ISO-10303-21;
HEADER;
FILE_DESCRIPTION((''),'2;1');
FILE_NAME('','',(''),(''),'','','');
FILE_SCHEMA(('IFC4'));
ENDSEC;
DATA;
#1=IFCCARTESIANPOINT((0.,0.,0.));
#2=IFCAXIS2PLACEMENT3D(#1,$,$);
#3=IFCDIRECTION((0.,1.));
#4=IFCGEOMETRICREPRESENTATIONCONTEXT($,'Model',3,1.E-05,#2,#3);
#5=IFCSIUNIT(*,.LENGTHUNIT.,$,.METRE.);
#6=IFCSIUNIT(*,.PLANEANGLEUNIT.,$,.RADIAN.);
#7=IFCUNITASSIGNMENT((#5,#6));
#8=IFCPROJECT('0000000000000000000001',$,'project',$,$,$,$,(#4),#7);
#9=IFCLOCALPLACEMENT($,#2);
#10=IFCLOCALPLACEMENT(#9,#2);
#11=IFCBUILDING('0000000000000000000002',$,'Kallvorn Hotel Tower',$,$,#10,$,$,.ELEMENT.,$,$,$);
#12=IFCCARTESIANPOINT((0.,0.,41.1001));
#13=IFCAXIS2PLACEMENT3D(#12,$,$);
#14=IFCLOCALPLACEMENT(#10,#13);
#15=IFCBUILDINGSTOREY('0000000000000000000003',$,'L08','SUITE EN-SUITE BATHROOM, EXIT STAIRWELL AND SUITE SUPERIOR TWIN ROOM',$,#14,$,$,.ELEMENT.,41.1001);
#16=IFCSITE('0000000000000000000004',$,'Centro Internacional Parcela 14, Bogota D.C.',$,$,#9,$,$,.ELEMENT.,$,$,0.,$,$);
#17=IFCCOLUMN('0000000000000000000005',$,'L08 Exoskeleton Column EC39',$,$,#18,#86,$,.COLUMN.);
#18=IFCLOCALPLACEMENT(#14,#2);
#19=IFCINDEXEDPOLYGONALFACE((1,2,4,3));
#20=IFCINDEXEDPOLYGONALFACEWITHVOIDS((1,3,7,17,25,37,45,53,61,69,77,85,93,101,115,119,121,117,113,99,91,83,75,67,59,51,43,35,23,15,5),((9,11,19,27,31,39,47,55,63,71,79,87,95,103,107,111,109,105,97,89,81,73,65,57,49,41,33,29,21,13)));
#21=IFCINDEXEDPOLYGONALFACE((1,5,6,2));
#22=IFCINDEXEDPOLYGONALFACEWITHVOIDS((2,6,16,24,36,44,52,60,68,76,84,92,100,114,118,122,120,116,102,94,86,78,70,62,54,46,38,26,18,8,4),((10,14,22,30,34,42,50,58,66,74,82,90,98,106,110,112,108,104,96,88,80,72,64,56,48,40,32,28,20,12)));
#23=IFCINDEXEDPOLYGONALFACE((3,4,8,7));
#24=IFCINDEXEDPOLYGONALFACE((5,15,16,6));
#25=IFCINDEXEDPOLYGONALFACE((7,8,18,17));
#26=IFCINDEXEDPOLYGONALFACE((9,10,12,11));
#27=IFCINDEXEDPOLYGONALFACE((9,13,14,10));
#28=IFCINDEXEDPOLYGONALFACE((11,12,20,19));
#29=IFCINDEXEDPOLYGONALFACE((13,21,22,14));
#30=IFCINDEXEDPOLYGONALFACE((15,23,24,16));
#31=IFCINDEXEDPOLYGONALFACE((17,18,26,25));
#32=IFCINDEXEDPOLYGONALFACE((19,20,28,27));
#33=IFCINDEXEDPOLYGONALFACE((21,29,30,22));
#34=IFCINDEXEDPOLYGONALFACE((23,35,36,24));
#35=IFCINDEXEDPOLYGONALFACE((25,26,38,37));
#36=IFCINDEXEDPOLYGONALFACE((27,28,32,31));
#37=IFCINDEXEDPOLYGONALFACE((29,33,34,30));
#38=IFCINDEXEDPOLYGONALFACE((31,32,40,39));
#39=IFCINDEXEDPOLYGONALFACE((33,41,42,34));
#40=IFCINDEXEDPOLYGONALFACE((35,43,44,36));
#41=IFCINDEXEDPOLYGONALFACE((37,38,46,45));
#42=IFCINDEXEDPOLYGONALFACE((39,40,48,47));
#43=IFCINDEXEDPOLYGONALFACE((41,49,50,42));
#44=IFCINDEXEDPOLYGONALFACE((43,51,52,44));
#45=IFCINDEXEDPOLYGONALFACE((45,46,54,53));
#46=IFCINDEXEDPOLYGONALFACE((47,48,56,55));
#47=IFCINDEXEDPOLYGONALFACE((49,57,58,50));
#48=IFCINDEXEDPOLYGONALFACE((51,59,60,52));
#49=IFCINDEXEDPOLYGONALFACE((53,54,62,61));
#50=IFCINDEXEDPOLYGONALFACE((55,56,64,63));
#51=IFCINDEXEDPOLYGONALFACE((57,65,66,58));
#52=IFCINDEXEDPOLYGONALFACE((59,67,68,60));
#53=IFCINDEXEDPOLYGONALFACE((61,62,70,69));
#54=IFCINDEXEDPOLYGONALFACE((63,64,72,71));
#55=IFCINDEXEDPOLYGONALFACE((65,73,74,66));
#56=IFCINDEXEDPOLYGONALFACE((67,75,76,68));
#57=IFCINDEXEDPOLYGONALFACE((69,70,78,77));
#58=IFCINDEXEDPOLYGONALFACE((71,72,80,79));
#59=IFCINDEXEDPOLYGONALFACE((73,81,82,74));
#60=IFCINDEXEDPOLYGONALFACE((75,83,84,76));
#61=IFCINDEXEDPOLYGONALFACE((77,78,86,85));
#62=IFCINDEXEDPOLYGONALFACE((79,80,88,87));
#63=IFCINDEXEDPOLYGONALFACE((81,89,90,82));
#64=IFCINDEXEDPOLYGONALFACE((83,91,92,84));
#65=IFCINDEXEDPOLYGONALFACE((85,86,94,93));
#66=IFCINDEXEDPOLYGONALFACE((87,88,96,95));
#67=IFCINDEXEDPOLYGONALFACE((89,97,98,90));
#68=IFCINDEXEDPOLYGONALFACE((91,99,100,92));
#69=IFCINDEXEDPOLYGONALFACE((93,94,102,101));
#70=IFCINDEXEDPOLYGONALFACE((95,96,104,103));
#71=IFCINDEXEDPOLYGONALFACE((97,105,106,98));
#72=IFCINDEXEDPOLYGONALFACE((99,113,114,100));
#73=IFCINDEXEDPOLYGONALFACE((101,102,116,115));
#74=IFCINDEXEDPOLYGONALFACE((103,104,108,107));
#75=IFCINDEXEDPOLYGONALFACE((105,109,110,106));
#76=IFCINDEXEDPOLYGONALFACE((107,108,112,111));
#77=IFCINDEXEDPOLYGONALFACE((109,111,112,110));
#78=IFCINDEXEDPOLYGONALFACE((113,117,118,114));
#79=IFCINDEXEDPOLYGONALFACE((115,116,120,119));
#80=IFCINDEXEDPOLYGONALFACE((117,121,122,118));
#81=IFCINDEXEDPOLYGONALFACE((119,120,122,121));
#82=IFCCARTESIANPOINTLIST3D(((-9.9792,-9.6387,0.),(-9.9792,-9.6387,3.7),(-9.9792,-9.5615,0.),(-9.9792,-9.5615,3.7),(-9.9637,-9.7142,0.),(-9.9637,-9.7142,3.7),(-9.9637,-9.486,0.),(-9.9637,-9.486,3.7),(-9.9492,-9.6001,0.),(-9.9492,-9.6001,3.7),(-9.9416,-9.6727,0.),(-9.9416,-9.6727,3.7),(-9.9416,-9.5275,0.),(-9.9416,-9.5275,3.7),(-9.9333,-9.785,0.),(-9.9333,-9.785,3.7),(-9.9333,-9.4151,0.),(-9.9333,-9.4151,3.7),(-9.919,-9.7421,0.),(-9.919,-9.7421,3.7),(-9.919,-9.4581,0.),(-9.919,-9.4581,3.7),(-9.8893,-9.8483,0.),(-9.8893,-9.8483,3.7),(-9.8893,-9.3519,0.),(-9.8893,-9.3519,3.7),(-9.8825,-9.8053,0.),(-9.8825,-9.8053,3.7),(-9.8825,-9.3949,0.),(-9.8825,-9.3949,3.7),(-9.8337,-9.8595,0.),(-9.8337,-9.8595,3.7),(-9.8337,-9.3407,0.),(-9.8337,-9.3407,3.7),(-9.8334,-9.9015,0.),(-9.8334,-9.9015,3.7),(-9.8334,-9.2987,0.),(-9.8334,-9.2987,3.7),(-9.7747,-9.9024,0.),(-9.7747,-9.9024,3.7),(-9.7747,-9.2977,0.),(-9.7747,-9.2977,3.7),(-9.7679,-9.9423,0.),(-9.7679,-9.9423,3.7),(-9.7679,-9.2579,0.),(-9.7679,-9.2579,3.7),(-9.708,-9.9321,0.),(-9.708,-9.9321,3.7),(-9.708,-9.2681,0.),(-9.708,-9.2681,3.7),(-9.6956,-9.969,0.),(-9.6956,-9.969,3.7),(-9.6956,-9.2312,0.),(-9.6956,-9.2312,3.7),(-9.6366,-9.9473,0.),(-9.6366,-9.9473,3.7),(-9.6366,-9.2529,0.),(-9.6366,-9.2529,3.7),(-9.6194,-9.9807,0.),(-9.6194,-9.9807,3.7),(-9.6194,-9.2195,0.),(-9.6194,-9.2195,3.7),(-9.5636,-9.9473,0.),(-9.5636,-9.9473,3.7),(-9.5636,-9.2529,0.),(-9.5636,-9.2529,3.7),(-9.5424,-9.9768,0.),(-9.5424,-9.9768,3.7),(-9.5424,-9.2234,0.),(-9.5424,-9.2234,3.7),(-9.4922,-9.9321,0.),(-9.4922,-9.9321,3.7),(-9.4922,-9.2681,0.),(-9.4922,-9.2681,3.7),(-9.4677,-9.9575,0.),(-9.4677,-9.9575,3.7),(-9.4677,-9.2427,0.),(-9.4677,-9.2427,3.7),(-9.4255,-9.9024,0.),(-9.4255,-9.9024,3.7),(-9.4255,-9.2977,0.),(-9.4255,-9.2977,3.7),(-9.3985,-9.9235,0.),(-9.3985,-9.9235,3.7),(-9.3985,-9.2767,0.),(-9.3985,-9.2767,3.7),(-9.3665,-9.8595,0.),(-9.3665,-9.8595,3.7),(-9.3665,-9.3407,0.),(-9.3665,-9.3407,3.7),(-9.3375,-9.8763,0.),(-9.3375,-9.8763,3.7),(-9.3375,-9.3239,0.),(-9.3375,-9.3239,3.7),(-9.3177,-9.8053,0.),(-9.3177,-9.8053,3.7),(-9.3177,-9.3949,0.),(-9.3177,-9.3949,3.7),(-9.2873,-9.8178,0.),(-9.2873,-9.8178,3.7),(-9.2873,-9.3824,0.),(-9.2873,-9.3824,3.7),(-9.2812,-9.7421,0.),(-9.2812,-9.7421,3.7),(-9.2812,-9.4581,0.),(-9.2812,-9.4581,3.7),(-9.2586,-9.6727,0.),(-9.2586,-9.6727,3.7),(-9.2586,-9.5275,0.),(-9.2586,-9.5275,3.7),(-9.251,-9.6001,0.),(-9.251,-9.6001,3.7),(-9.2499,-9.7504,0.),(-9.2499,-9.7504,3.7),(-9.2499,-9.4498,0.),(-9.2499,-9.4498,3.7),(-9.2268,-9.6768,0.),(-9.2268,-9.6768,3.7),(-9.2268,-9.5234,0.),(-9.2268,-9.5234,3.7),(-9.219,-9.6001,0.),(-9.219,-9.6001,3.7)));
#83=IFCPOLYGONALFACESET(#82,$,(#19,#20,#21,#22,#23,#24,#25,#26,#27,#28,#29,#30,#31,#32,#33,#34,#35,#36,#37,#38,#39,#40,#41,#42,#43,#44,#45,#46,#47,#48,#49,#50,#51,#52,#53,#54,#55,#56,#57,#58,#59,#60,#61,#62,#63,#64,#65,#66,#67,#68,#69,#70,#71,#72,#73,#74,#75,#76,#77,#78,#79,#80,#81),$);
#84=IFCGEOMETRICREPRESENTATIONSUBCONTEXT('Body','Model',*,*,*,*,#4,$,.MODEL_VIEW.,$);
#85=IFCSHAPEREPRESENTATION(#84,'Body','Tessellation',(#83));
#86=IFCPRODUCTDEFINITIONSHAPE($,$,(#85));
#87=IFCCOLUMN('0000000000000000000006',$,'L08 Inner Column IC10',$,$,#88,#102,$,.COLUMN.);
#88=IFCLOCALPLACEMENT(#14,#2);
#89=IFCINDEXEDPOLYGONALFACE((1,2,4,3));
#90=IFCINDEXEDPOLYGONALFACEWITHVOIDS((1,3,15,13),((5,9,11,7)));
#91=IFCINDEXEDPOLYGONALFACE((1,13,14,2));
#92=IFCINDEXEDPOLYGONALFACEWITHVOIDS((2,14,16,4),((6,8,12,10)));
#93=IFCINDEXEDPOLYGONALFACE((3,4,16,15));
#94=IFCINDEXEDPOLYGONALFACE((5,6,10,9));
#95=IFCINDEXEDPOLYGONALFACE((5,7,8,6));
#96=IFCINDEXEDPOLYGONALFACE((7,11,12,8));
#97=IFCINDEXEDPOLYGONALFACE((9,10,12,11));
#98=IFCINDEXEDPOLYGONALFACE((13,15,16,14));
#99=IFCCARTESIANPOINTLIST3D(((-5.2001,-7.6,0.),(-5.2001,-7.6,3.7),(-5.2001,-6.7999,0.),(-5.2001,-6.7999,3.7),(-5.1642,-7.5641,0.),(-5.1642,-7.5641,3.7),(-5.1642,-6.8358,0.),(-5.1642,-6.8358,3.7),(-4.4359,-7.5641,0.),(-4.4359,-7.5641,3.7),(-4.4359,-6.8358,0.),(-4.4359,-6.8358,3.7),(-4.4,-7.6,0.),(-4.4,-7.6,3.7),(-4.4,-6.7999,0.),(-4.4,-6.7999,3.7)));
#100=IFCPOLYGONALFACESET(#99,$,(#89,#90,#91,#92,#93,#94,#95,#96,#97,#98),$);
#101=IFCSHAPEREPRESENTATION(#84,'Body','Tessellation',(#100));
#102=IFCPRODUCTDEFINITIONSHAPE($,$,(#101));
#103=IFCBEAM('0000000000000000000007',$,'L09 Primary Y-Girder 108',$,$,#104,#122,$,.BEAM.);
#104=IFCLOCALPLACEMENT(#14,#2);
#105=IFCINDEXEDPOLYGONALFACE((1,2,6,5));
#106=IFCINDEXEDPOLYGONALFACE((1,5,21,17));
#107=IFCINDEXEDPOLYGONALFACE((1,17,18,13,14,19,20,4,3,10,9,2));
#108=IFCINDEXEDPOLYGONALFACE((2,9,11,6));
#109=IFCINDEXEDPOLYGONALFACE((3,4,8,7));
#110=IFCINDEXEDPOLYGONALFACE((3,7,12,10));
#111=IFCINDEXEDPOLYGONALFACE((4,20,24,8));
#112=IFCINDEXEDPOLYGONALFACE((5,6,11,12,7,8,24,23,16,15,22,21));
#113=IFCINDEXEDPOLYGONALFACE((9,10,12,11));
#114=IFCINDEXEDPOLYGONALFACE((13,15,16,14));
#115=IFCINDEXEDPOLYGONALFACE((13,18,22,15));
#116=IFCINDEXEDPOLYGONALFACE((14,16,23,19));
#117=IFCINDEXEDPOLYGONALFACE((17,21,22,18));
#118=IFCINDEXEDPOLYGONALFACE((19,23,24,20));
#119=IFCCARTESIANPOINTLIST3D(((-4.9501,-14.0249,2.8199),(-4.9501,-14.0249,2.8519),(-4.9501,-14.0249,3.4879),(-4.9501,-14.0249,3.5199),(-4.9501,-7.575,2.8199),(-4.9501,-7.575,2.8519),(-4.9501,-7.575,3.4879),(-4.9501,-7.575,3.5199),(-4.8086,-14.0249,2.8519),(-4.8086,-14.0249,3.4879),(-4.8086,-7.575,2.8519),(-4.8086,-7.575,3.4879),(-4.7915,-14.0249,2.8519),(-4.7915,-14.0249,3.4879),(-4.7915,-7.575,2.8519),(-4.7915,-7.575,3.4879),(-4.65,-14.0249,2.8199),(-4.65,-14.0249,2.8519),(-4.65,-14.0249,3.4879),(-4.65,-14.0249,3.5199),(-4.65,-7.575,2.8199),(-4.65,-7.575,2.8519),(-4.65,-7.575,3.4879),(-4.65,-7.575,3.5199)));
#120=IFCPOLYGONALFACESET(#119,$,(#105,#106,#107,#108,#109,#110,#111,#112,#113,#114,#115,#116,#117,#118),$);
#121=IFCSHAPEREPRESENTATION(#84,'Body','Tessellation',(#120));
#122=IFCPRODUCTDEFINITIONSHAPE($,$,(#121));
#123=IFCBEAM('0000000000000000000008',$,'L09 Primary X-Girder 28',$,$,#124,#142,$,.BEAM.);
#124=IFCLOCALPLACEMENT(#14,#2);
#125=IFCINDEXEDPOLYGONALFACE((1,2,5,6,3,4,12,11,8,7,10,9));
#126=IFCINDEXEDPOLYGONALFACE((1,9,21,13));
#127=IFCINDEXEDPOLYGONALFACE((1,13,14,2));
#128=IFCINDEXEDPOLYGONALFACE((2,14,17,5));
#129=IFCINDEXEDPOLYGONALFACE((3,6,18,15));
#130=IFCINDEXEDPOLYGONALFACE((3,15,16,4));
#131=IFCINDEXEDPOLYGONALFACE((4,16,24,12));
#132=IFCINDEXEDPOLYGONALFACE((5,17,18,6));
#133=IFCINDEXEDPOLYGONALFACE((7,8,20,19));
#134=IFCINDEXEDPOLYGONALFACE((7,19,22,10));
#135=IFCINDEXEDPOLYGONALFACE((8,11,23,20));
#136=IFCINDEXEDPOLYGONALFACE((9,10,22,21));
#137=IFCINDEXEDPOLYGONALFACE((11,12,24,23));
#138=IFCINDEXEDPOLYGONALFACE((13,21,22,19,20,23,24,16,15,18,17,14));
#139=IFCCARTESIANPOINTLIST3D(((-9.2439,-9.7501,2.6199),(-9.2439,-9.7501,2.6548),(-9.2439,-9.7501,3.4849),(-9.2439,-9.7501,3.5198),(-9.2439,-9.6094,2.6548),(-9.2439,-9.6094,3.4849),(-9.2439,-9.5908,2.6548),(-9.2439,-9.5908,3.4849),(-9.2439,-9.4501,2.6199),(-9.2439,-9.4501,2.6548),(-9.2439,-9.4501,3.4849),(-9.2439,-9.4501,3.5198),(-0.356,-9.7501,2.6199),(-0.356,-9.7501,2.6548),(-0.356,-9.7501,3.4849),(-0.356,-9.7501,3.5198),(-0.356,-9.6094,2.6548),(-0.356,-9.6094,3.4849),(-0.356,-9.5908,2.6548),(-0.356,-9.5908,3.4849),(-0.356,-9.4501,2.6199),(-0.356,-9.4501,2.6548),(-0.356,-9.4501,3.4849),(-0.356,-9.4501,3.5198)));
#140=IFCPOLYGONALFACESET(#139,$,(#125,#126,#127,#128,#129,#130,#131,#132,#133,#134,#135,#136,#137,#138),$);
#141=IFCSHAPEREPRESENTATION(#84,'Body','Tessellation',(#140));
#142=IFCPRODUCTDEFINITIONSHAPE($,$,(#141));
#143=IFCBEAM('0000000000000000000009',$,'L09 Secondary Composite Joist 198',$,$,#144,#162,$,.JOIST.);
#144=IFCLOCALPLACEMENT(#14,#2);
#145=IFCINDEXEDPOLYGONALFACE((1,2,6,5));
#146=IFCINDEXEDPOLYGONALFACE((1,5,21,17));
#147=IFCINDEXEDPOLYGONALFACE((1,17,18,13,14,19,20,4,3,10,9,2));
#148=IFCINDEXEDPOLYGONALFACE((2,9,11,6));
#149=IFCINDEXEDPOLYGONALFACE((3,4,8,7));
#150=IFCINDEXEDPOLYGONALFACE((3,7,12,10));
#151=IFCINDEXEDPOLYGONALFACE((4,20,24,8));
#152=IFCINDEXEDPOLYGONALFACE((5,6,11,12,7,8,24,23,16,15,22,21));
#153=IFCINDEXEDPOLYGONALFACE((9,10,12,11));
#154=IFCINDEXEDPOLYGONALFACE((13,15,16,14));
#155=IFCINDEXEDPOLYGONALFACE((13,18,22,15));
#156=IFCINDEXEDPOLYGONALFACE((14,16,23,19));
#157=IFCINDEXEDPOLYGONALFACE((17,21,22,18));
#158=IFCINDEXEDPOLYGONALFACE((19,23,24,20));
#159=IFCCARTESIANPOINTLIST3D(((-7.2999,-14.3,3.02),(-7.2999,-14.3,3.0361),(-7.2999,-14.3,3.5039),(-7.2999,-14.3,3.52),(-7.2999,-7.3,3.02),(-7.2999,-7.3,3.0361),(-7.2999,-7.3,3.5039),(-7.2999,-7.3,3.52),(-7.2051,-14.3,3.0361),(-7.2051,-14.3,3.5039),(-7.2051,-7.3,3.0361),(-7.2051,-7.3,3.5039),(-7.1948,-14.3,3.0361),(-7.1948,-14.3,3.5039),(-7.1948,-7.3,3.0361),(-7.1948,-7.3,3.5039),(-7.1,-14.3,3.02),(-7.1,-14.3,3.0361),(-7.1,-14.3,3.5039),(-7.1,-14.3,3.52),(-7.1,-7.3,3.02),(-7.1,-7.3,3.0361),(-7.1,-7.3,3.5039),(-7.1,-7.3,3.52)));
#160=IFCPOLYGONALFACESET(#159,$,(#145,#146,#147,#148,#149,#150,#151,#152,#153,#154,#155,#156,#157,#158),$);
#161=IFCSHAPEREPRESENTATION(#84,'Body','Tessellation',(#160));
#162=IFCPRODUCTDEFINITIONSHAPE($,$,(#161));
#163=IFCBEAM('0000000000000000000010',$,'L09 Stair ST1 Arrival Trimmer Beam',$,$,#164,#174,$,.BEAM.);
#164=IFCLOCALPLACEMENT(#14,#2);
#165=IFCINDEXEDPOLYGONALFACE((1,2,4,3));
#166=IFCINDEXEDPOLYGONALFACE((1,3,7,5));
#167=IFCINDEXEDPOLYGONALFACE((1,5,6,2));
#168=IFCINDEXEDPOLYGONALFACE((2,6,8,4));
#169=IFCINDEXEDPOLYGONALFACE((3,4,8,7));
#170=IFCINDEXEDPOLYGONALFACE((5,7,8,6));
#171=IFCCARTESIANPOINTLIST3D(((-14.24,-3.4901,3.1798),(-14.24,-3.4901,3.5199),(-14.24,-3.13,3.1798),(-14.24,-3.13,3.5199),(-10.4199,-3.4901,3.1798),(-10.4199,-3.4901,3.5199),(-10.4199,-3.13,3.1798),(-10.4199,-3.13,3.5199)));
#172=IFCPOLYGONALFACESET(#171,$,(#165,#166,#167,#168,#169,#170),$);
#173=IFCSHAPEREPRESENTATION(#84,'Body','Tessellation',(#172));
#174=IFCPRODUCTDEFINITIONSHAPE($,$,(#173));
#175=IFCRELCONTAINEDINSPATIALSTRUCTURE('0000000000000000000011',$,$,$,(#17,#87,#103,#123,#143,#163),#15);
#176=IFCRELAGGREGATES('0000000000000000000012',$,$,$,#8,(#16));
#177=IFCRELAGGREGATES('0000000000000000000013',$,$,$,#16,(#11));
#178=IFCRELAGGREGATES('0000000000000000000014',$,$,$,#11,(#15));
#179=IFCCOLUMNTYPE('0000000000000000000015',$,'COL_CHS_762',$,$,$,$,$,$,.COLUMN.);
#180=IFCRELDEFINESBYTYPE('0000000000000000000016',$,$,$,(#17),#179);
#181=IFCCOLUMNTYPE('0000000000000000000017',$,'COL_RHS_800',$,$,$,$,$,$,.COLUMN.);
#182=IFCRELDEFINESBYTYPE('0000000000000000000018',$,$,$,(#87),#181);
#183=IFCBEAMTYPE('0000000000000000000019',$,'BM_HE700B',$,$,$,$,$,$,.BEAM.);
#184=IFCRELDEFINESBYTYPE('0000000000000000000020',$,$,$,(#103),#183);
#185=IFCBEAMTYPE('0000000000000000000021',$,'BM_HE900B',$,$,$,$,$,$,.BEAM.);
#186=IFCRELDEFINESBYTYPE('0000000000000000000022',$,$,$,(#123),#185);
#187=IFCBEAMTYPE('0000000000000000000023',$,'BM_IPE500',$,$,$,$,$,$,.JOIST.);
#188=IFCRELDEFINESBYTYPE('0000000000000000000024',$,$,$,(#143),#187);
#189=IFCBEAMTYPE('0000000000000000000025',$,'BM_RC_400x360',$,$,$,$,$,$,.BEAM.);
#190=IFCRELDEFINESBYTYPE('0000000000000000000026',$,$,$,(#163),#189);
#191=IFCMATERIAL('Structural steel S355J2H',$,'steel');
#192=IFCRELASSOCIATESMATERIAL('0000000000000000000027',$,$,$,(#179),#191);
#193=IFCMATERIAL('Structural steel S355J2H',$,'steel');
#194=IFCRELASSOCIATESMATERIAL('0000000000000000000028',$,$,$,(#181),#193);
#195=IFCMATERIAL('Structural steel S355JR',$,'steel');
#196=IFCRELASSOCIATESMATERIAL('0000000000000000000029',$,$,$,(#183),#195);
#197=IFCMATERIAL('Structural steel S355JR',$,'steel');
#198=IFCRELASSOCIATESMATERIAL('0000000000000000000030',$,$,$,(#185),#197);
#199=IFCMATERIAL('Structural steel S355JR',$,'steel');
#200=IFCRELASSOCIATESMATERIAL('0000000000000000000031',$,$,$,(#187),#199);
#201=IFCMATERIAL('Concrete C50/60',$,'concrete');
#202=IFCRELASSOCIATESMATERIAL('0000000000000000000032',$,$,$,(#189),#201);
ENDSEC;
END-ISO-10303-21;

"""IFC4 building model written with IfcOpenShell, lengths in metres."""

from ifc_helpers import new_model, si_unit, direction, frame, origin, origin_2d, place, context, subcontext, project, spatial, rectangle, hollow_rectangle, hollow_circle, i_section, extrude, material, material_profile, profile_set, type_object, element, save


model = new_model("IFC4")

# Units and contexts
model_context = context("Model", 3, precision=1e-05, world=origin(), true_north=direction((0.0, 1.0)))
body_context = subcontext(model_context, "Body", "Model", "MODEL_VIEW")
ifc_project = project(units=[si_unit("LENGTHUNIT", "METRE"), si_unit("PLANEANGLEUNIT", "RADIAN")], contexts=[model_context])

# Site, building, storey
site_placement = place(None, origin())
site = spatial("IfcSite", under=ifc_project, at=site_placement, Name="Centro Internacional Parcela 14, Bogota D.C.", CompositionType="ELEMENT", RefElevation=0.0)
building_placement = place(site_placement, origin())
building = spatial("IfcBuilding", under=site, at=building_placement, Name="Kallvorn Hotel Tower", CompositionType="ELEMENT")
storey_placement = place(building_placement, frame((0.0, 0.0, 41.1001)))
storey = spatial("IfcBuildingStorey", under=building, at=storey_placement, Name="L08", Description="SUITE EN-SUITE BATHROOM, EXIT STAIRWELL AND SUITE SUPERIOR TWIN ROOM", CompositionType="ELEMENT", Elevation=41.1001)

# Columns
ifc_material_1 = material(Name="Structural steel S355J2H", Category="steel")
ifc_material_profile_1 = material_profile(ifc_material_1, hollow_circle(Radius=0.3811, WallThickness=0.032, at=origin_2d()), Name="CHS 762x32")
ifc_profile_set_1 = profile_set([ifc_material_profile_1], Name="Structural steel S355J2H")
column_type_1 = type_object("IfcColumnType", Name="COL_CHS_762", PredefinedType="COLUMN", material=ifc_profile_set_1)
column_1_placement = place(storey_placement, frame((-9.6001, -9.6001, 0.0), z_axis=(0.0, 0.0, 1.0), x_axis=(1.0, 0.0, 0.0)))
element("IfcColumn", 1, at=column_1_placement, inside=storey, type_object=column_type_1, Name="L08 Exoskeleton Column EC39", PredefinedType="COLUMN", context=body_context, shape_type="SweptSolid", body=[
    extrude(hollow_circle(Radius=0.3811, WallThickness=0.032, at=origin_2d()), origin(), (0.0, 0.0, 1.0), 3.7),
])
ifc_material_2 = material(Name="Structural steel S355J2H", Category="steel")
ifc_material_profile_2 = material_profile(ifc_material_2, hollow_rectangle(XDim=0.8, YDim=0.8, WallThickness=0.0359, at=origin_2d()), Name="RHS 800x800x36")
ifc_profile_set_2 = profile_set([ifc_material_profile_2], Name="Structural steel S355J2H")
column_type_2 = type_object("IfcColumnType", Name="COL_RHS_800", PredefinedType="COLUMN", material=ifc_profile_set_2)
column_2_placement = place(storey_placement, frame((-4.8, -7.2, 0.0), z_axis=(0.0, 0.0, 1.0), x_axis=(1.0, 0.0, 0.0)))
element("IfcColumn", 2, at=column_2_placement, inside=storey, type_object=column_type_2, Name="L08 Inner Column IC10", PredefinedType="COLUMN", context=body_context, shape_type="SweptSolid", body=[
    extrude(hollow_rectangle(XDim=0.8, YDim=0.8, WallThickness=0.0359, at=origin_2d()), origin(), (0.0, 0.0, 1.0), 3.7),
])

# Beams
ifc_material_3 = material(Name="Structural steel S355JR", Category="steel")
ifc_material_profile_3 = material_profile(ifc_material_3, i_section(OverallWidth=0.3, OverallDepth=0.7, WebThickness=0.0171, FlangeThickness=0.032, at=origin_2d()), Name="HE 700 B")
ifc_profile_set_3 = profile_set([ifc_material_profile_3], Name="Structural steel S355JR")
beam_type_1 = type_object("IfcBeamType", Name="BM_HE700B", PredefinedType="BEAM", material=ifc_profile_set_3)
beam_1_placement = place(storey_placement, frame((-4.8, -14.0249, 3.1699), z_axis=(0.0, 1.0, 0.0), x_axis=(-1.0, 0.0, 0.0)))
element("IfcBeam", 3, at=beam_1_placement, inside=storey, type_object=beam_type_1, Name="L09 Primary Y-Girder 108", PredefinedType="BEAM", context=body_context, shape_type="SweptSolid", body=[
    extrude(i_section(OverallWidth=0.3, OverallDepth=0.7, WebThickness=0.0171, FlangeThickness=0.032, at=origin_2d()), origin(), (0.0, 0.0, 1.0), 6.45),
])
ifc_material_4 = material(Name="Structural steel S355JR", Category="steel")
ifc_material_profile_4 = material_profile(ifc_material_4, i_section(OverallWidth=0.3, OverallDepth=0.8999, WebThickness=0.0186, FlangeThickness=0.0349, at=origin_2d()), Name="HE 900 B")
ifc_profile_set_4 = profile_set([ifc_material_profile_4], Name="Structural steel S355JR")
beam_type_2 = type_object("IfcBeamType", Name="BM_HE900B", PredefinedType="BEAM", material=ifc_profile_set_4)
beam_2_placement = place(storey_placement, frame((-9.2439, -9.6001, 3.0698), z_axis=(1.0, 0.0, 0.0), x_axis=(0.0, 1.0, 0.0)))
element("IfcBeam", 4, at=beam_2_placement, inside=storey, type_object=beam_type_2, Name="L09 Primary X-Girder 28", PredefinedType="BEAM", context=body_context, shape_type="SweptSolid", body=[
    extrude(i_section(OverallWidth=0.3, OverallDepth=0.8999, WebThickness=0.0186, FlangeThickness=0.0349, at=origin_2d()), origin(), (0.0, 0.0, 1.0), 8.8879),
])
ifc_material_5 = material(Name="Structural steel S355JR", Category="steel")
ifc_material_profile_5 = material_profile(ifc_material_5, i_section(OverallWidth=0.2, OverallDepth=0.5, WebThickness=0.0103, FlangeThickness=0.0161, at=origin_2d()), Name="IPE 500")
ifc_profile_set_5 = profile_set([ifc_material_profile_5], Name="Structural steel S355JR")
beam_type_3 = type_object("IfcBeamType", Name="BM_IPE500", PredefinedType="JOIST", material=ifc_profile_set_5)
beam_3_placement = place(storey_placement, frame((-7.2, -14.3, 3.27), z_axis=(0.0, 1.0, 0.0), x_axis=(-1.0, 0.0, 0.0)))
element("IfcBeam", 5, at=beam_3_placement, inside=storey, type_object=beam_type_3, Name="L09 Secondary Composite Joist 198", PredefinedType="JOIST", context=body_context, shape_type="SweptSolid", body=[
    extrude(i_section(OverallWidth=0.2, OverallDepth=0.5, WebThickness=0.0103, FlangeThickness=0.0161, at=origin_2d()), origin(), (0.0, 0.0, 1.0), 7.0),
])
ifc_material_6 = material(Name="Concrete C50/60", Category="concrete")
ifc_material_profile_6 = material_profile(ifc_material_6, rectangle(XDim=0.3601, YDim=0.3401, at=origin_2d()), Name="RC 360x340")
ifc_profile_set_6 = profile_set([ifc_material_profile_6], Name="Concrete C50/60")
beam_type_4 = type_object("IfcBeamType", Name="BM_RC_400x360", PredefinedType="BEAM", material=ifc_profile_set_6)
beam_4_placement = place(storey_placement, frame((-10.4199, -3.3101, 3.3499), z_axis=(-1.0, 0.0, 0.0), x_axis=(0.0, -1.0, 0.0)))
element("IfcBeam", 6, at=beam_4_placement, inside=storey, type_object=beam_type_4, Name="L09 Stair ST1 Arrival Trimmer Beam", PredefinedType="BEAM", context=body_context, shape_type="SweptSolid", body=[
    extrude(rectangle(XDim=0.3601, YDim=0.3401, at=origin_2d()), origin(), (0.0, 0.0, 1.0), 3.8201),
])

save(model, "model.ifc")
